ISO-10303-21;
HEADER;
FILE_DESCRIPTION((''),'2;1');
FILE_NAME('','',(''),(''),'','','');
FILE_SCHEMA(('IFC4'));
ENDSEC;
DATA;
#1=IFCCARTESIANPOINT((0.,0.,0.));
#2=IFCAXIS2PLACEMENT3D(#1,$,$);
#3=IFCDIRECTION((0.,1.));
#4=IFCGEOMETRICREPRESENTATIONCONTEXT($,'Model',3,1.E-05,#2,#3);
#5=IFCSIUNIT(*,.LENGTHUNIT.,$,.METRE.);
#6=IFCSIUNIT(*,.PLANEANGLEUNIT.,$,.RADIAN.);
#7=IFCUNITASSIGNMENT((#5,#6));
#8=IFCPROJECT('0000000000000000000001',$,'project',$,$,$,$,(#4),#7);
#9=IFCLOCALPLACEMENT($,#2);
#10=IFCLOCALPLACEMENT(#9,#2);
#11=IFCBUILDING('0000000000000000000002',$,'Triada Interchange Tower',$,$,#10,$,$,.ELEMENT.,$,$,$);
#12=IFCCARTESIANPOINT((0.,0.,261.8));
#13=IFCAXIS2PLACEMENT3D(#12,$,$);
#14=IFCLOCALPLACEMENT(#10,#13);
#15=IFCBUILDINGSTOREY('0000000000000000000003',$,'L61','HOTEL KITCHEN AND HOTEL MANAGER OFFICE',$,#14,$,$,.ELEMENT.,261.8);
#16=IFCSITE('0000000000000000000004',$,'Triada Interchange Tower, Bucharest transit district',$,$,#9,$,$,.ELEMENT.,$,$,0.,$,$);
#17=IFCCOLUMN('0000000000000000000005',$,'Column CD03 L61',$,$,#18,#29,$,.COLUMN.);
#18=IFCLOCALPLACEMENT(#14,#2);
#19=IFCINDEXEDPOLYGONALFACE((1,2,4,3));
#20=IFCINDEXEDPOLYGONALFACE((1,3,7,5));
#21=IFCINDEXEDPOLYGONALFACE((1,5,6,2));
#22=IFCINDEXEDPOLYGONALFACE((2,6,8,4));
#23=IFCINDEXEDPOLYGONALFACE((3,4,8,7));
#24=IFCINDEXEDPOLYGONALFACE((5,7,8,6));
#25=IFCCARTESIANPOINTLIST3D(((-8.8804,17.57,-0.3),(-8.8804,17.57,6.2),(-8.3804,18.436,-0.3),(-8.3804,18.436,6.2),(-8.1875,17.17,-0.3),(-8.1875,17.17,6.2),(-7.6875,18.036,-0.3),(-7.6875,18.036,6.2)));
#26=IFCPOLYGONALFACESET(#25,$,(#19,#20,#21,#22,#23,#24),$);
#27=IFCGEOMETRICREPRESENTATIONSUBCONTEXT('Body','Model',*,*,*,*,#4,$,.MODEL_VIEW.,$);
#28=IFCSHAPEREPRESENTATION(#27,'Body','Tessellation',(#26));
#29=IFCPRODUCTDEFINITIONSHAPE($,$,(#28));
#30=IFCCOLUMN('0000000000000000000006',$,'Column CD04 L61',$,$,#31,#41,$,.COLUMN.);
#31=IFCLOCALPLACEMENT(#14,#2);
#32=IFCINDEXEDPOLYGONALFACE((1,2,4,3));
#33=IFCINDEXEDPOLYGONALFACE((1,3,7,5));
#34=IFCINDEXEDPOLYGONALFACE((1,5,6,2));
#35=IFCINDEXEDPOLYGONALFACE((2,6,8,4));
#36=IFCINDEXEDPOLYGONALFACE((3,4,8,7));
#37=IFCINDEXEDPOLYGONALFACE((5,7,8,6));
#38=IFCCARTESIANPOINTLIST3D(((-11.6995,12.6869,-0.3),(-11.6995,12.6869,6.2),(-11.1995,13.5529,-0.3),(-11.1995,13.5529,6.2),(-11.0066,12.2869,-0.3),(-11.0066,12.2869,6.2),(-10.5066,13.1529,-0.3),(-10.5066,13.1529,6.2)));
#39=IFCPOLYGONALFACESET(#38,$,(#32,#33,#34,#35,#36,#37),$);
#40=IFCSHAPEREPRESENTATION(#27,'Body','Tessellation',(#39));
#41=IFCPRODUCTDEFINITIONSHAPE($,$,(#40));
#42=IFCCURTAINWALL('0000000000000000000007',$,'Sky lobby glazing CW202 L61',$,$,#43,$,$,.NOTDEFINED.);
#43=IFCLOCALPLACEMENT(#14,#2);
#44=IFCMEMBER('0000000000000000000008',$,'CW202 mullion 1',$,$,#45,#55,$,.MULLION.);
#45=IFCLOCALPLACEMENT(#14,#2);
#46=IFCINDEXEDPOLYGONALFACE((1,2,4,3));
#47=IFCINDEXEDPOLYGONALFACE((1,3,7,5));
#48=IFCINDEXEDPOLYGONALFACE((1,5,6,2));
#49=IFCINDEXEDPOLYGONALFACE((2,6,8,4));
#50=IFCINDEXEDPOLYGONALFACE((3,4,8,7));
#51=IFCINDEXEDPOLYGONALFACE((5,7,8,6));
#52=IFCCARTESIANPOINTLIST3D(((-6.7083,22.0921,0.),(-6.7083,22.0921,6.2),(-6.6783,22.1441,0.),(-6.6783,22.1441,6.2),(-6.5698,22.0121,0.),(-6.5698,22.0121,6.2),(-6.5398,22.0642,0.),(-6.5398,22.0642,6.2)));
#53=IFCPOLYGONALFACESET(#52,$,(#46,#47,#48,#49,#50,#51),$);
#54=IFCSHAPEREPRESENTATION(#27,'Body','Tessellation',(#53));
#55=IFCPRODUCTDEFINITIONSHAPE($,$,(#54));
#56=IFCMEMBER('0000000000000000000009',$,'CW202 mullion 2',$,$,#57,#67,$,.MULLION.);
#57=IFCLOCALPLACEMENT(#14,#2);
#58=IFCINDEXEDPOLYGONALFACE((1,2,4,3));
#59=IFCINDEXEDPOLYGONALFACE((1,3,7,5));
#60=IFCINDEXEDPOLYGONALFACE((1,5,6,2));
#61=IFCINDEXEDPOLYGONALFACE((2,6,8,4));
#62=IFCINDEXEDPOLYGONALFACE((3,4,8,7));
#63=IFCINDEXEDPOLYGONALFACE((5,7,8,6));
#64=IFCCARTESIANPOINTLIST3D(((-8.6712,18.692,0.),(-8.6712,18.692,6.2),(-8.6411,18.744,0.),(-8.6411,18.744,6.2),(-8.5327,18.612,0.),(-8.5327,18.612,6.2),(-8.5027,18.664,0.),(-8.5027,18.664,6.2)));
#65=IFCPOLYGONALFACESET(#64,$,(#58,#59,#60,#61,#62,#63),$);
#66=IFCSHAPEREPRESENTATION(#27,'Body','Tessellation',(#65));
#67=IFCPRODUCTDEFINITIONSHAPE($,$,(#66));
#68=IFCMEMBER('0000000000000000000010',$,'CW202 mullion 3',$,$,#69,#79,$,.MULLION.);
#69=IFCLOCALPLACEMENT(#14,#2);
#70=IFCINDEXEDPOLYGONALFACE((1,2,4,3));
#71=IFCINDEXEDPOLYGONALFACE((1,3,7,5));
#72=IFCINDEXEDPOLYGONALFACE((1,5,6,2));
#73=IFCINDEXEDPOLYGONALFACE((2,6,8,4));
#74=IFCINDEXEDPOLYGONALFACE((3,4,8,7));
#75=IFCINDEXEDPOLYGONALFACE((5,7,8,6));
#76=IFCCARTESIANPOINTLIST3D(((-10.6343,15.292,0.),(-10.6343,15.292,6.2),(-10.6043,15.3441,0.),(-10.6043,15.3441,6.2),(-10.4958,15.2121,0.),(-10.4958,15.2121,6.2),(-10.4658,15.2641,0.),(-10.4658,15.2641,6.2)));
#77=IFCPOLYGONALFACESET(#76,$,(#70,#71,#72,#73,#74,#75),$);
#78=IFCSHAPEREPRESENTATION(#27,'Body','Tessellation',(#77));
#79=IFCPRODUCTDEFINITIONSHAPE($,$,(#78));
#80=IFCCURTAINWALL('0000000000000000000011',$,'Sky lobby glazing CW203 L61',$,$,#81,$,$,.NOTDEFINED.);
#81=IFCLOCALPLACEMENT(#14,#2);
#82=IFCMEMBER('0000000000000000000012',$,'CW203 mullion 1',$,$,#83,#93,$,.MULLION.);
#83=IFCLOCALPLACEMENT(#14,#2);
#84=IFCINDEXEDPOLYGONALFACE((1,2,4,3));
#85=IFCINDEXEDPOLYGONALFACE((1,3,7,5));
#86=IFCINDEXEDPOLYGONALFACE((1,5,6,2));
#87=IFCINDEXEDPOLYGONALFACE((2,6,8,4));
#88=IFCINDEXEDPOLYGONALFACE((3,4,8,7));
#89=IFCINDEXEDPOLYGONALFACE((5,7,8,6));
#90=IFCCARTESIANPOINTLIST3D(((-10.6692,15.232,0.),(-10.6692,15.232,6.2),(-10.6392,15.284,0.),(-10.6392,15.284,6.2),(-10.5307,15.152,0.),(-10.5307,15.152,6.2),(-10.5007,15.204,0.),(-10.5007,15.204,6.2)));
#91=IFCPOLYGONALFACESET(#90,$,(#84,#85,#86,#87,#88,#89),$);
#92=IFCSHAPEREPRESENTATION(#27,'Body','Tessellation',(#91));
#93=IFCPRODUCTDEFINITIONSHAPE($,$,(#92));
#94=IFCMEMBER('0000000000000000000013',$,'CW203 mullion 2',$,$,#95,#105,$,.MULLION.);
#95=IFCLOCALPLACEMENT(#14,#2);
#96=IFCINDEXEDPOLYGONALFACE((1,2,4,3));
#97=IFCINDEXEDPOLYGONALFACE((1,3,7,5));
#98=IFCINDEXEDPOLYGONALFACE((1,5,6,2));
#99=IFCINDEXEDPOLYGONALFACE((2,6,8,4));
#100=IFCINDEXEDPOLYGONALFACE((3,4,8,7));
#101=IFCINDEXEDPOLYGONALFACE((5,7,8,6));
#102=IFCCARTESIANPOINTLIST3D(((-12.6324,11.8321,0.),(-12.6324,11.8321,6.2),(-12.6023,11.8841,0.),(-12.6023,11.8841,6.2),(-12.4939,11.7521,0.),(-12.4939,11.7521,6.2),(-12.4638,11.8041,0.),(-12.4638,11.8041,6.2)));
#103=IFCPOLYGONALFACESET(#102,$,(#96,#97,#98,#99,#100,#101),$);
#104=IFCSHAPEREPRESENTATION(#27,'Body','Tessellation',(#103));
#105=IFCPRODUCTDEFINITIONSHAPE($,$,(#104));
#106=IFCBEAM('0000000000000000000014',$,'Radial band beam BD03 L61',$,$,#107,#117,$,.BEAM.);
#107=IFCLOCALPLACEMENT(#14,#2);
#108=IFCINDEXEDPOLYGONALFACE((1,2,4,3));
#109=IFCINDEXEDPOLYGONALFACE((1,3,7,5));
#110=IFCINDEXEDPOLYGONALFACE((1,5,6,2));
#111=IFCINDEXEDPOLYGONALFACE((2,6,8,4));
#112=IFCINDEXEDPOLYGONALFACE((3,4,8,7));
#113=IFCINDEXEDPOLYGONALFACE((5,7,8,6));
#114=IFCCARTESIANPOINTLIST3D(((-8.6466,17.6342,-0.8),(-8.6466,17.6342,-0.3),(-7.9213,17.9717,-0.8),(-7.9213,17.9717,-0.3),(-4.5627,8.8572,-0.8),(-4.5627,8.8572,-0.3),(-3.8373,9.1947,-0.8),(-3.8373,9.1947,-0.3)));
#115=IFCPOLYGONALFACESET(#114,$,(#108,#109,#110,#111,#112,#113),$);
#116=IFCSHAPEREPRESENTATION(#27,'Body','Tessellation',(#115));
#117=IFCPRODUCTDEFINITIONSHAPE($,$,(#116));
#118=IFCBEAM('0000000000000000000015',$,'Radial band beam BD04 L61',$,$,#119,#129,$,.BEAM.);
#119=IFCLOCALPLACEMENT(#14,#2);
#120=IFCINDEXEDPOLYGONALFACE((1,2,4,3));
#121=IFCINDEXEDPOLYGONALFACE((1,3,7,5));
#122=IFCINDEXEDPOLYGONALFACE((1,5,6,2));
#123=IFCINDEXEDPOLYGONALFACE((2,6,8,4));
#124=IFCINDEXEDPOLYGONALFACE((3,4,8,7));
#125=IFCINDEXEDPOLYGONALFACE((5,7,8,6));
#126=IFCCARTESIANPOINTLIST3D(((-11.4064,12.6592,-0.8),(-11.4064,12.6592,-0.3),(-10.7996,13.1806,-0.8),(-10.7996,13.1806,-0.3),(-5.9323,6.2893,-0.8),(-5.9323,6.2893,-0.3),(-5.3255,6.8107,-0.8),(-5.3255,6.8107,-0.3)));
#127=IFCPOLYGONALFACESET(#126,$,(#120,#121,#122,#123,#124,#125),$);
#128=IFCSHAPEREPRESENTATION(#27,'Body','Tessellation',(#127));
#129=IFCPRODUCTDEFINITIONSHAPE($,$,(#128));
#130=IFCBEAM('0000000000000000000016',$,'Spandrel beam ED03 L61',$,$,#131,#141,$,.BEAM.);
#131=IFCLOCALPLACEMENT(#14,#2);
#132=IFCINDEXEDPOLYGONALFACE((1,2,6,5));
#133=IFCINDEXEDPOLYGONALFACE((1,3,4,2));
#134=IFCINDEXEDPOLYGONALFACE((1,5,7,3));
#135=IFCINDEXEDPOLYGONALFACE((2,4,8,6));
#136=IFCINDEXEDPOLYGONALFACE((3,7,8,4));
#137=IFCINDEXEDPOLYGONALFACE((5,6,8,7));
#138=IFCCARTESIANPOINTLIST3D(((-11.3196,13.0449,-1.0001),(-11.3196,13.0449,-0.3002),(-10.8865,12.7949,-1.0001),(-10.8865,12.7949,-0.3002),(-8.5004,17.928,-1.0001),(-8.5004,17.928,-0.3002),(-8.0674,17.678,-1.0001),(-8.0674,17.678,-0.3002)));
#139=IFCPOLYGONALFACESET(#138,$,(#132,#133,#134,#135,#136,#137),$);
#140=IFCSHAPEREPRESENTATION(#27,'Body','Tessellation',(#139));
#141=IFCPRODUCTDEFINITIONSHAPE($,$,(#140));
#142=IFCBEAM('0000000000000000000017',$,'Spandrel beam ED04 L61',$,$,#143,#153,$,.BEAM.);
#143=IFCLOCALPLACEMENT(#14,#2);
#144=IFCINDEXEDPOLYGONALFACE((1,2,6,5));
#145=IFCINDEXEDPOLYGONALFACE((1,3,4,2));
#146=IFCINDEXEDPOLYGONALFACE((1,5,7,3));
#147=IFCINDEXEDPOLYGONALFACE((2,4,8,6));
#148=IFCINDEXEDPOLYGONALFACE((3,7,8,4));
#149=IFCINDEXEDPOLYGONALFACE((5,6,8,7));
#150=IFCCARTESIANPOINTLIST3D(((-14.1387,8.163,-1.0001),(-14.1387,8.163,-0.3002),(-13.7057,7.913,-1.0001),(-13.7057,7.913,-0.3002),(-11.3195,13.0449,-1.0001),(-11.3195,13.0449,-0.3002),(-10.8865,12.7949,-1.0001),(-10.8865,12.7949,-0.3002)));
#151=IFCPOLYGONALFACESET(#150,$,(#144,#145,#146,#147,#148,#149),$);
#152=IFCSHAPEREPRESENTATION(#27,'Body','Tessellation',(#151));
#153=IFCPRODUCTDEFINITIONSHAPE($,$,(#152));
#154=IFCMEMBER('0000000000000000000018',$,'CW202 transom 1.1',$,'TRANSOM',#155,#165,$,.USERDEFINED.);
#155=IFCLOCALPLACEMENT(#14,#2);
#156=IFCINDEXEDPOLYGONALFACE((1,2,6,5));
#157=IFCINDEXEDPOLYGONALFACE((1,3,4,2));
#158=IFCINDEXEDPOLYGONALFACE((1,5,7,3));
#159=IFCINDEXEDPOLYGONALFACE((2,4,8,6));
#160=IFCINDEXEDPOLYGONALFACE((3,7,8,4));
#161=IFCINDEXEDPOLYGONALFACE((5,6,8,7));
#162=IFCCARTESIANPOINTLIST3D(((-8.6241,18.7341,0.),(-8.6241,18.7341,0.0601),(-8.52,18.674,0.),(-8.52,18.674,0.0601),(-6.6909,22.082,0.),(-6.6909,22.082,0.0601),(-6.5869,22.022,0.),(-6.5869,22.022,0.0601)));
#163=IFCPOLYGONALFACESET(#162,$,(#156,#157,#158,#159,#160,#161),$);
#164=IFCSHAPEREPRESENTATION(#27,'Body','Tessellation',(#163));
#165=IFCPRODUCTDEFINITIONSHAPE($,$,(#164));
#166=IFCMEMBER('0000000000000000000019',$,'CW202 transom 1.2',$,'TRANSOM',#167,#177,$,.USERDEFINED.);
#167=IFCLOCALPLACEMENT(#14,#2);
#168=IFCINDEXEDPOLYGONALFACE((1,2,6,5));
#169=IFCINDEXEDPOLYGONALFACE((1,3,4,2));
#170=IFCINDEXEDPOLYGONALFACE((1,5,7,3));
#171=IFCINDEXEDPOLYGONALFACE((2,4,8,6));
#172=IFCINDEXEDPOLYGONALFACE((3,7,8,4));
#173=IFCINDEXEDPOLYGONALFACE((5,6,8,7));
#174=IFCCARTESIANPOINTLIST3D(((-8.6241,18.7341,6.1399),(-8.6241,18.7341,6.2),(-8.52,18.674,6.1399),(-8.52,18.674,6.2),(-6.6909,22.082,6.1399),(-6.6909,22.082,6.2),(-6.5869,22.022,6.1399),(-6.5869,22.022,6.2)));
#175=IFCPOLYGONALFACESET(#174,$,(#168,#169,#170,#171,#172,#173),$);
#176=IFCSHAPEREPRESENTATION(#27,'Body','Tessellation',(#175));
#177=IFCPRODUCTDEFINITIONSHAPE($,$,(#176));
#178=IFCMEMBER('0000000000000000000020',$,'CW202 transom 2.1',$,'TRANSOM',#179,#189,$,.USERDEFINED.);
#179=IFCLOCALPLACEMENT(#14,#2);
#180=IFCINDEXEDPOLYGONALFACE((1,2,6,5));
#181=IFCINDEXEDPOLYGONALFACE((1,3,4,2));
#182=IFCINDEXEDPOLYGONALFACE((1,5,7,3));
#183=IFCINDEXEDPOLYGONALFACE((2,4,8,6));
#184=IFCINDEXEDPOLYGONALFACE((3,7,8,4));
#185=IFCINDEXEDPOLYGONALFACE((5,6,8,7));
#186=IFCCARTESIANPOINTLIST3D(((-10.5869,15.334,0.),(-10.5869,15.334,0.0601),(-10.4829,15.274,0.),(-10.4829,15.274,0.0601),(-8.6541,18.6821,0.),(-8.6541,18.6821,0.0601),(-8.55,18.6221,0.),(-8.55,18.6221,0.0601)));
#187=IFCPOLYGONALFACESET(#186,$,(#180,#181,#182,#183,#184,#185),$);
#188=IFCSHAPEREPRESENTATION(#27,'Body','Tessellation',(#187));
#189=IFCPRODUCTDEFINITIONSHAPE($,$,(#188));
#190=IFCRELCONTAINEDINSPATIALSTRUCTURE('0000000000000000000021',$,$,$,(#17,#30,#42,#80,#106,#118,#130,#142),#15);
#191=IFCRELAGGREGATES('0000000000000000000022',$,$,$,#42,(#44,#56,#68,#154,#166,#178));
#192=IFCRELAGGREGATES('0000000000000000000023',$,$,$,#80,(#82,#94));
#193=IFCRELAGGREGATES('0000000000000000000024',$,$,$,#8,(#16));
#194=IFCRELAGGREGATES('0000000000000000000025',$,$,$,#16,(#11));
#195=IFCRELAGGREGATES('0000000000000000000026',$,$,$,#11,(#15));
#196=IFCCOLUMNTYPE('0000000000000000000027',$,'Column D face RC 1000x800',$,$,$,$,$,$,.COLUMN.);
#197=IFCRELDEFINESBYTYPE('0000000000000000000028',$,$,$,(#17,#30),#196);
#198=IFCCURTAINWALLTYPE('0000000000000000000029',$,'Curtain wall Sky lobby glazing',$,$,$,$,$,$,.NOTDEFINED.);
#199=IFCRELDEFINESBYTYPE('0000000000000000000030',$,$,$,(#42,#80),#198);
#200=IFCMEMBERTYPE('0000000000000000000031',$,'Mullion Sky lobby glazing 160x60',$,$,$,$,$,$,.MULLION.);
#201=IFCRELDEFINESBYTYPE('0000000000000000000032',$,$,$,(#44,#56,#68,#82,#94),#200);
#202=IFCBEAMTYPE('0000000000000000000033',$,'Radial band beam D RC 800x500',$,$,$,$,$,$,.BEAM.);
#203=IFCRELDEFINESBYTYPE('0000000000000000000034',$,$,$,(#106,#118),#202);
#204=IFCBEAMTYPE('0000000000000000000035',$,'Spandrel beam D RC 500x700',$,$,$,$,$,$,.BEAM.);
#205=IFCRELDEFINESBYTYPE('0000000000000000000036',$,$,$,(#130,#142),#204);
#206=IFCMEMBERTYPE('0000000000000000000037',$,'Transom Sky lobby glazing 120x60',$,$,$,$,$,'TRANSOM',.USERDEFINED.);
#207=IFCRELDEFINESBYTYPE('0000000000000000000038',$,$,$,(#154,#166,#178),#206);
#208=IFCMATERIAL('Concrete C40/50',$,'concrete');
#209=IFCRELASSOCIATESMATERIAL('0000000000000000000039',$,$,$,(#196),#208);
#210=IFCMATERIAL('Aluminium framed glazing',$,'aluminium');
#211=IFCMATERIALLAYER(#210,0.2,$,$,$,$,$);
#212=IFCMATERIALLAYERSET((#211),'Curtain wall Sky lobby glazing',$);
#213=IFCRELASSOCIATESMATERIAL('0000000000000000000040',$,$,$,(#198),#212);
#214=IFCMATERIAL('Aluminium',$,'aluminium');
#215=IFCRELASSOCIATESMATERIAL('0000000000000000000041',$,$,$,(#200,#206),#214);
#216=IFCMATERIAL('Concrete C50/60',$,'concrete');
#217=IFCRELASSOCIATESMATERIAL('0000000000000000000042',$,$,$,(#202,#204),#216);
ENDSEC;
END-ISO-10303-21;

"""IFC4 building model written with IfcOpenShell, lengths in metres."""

from ifc_helpers import new_model, si_unit, direction, frame, origin, origin_2d, place, context, subcontext, project, spatial, rectangle, extrude, material, layer, layer_set, material_profile, profile_set, type_object, element, aggregate, save


model = new_model("IFC4")

# Units and contexts
model_context = context("Model", 3, precision=1e-05, world=origin(), true_north=direction((0.0, 1.0)))
body_context = subcontext(model_context, "Body", "Model", "MODEL_VIEW")
ifc_project = project(units=[si_unit("LENGTHUNIT", "METRE"), si_unit("PLANEANGLEUNIT", "RADIAN")], contexts=[model_context])

# Site, building, storey
site_placement = place(None, origin())
site = spatial("IfcSite", under=ifc_project, at=site_placement, Name="Triada Interchange Tower, Bucharest transit district", CompositionType="ELEMENT", RefElevation=0.0)
building_placement = place(site_placement, origin())
building = spatial("IfcBuilding", under=site, at=building_placement, Name="Triada Interchange Tower", CompositionType="ELEMENT")
storey_placement = place(building_placement, frame((0.0, 0.0, 261.8)))
storey = spatial("IfcBuildingStorey", under=building, at=storey_placement, Name="L61", Description="HOTEL KITCHEN AND HOTEL MANAGER OFFICE", CompositionType="ELEMENT", Elevation=261.8)

# Columns
ifc_material_1 = material(Name="Concrete C40/50", Category="concrete")
ifc_material_profile_1 = material_profile(ifc_material_1, rectangle(XDim=1.0, YDim=0.8, at=origin_2d()), Name="RC 1000x800")
ifc_profile_set_1 = profile_set([ifc_material_profile_1], Name="Concrete C40/50")
column_type = type_object("IfcColumnType", Name="Column D face RC 1000x800", PredefinedType="COLUMN", material=ifc_profile_set_1)
for number, where, z_axis, x_axis, name in (
    (1, (-8.2839, 17.803, -0.3), (0.0, 0.0, 1.0), (0.5, 0.866025, 0.0), "Column CD03 L61"),
    (2, (-11.103, 12.9199, -0.3), (0.0, 0.0, 1.0), (0.5, 0.866025, 0.0), "Column CD04 L61"),
):
    element("IfcColumn", number, at=place(storey_placement, frame(where, z_axis=z_axis, x_axis=x_axis)), inside=storey, type_object=column_type, Name=name, PredefinedType="COLUMN", context=body_context, shape_type="SweptSolid", body=[
        extrude(rectangle(XDim=1.0, YDim=0.8, at=origin_2d()), origin(), (0.0, 0.0, 1.0), 6.5),
    ])

# Curtain walls, members
ifc_material_2 = material(Name="Aluminium framed glazing", Category="aluminium")
ifc_layer_1 = layer(ifc_material_2, 0.2)
ifc_layer_set_1 = layer_set([ifc_layer_1], Name="Curtain wall Sky lobby glazing")
curtain_wall_type = type_object("IfcCurtainWallType", Name="Curtain wall Sky lobby glazing", PredefinedType="NOTDEFINED", material=ifc_layer_set_1)
curtain_wall_1_placement = place(storey_placement, origin())
curtain_wall_1 = element("IfcCurtainWall", 3, at=curtain_wall_1_placement, inside=storey, type_object=curtain_wall_type, Name="Sky lobby glazing CW202 L61", PredefinedType="NOTDEFINED")
ifc_material_3 = material(Name="Aluminium", Category="aluminium")
ifc_material_profile_2 = material_profile(ifc_material_3, rectangle(XDim=0.1599, YDim=0.0601, at=origin_2d()), Name="Aluminium mullion")
ifc_profile_set_2 = profile_set([ifc_material_profile_2], Name="Aluminium")
member_type_1 = type_object("IfcMemberType", Name="Mullion Sky lobby glazing 160x60", PredefinedType="MULLION", material=ifc_profile_set_2)
member_1_placement = place(storey_placement, frame((-6.624, 22.0781, 0.0), z_axis=(0.0, 0.0, 1.0), x_axis=(0.866026, -0.5, 0.0)))
member_1 = element("IfcMember", 4, at=member_1_placement, type_object=member_type_1, Name="CW202 mullion 1", PredefinedType="MULLION", context=body_context, shape_type="SweptSolid", body=[
    extrude(rectangle(XDim=0.1599, YDim=0.0601, at=origin_2d()), origin(), (0.0, 0.0, 1.0), 6.2),
])
member_2_placement = place(storey_placement, frame((-8.5869, 18.678, 0.0), z_axis=(0.0, 0.0, 1.0), x_axis=(0.866026, -0.5, 0.0)))
member_2 = element("IfcMember", 5, at=member_2_placement, type_object=member_type_1, Name="CW202 mullion 2", PredefinedType="MULLION", context=body_context, shape_type="SweptSolid", body=[
    extrude(rectangle(XDim=0.1599, YDim=0.0601, at=origin_2d()), origin(), (0.0, 0.0, 1.0), 6.2),
])
member_3_placement = place(storey_placement, frame((-10.55, 15.2781, 0.0), z_axis=(0.0, 0.0, 1.0), x_axis=(0.866026, -0.5, 0.0)))
member_3 = element("IfcMember", 6, at=member_3_placement, type_object=member_type_1, Name="CW202 mullion 3", PredefinedType="MULLION", context=body_context, shape_type="SweptSolid", body=[
    extrude(rectangle(XDim=0.1599, YDim=0.0601, at=origin_2d()), origin(), (0.0, 0.0, 1.0), 6.2),
])
curtain_wall_2_placement = place(storey_placement, origin())
curtain_wall_2 = element("IfcCurtainWall", 7, at=curtain_wall_2_placement, inside=storey, type_object=curtain_wall_type, Name="Sky lobby glazing CW203 L61", PredefinedType="NOTDEFINED")
member_4_placement = place(storey_placement, frame((-10.585, 15.218, 0.0), z_axis=(0.0, 0.0, 1.0), x_axis=(0.866026, -0.5, 0.0)))
member_4 = element("IfcMember", 8, at=member_4_placement, type_object=member_type_1, Name="CW203 mullion 1", PredefinedType="MULLION", context=body_context, shape_type="SweptSolid", body=[
    extrude(rectangle(XDim=0.1599, YDim=0.0601, at=origin_2d()), origin(), (0.0, 0.0, 1.0), 6.2),
])
member_5_placement = place(storey_placement, frame((-12.5481, 11.8181, 0.0), z_axis=(0.0, 0.0, 1.0), x_axis=(0.866026, -0.5, 0.0)))
member_5 = element("IfcMember", 9, at=member_5_placement, type_object=member_type_1, Name="CW203 mullion 2", PredefinedType="MULLION", context=body_context, shape_type="SweptSolid", body=[
    extrude(rectangle(XDim=0.1599, YDim=0.0601, at=origin_2d()), origin(), (0.0, 0.0, 1.0), 6.2),
])

# Beams
ifc_material_4 = material(Name="Concrete C50/60", Category="concrete")
ifc_material_profile_3 = material_profile(ifc_material_4, rectangle(XDim=0.8, YDim=0.5, at=origin_2d()), Name="RC 800x500")
ifc_profile_set_3 = profile_set([ifc_material_profile_3], Name="Concrete C50/60")
beam_type_1 = type_object("IfcBeamType", Name="Radial band beam D RC 800x500", PredefinedType="BEAM", material=ifc_profile_set_3)
beam_1_placement = place(storey_placement, frame((-8.2839, 17.803, -0.55), z_axis=(0.421868, -0.906657, 0.0), x_axis=(0.906657, 0.421868, 0.0)))
element("IfcBeam", 10, at=beam_1_placement, inside=storey, type_object=beam_type_1, Name="Radial band beam BD03 L61", PredefinedType="BEAM", context=body_context, shape_type="SweptSolid", body=[
    extrude(rectangle(XDim=0.8, YDim=0.5, at=origin_2d()), origin(), (0.0, 0.0, 1.0), 9.6807),
])
beam_2_placement = place(storey_placement, frame((-11.103, 12.9199, -0.55), z_axis=(0.651768, -0.758419, 0.0), x_axis=(0.758419, 0.651768, 0.0)))
element("IfcBeam", 11, at=beam_2_placement, inside=storey, type_object=beam_type_1, Name="Radial band beam BD04 L61", PredefinedType="BEAM", context=body_context, shape_type="SweptSolid", body=[
    extrude(rectangle(XDim=0.8, YDim=0.5, at=origin_2d()), origin(), (0.0, 0.0, 1.0), 8.3989),
])
ifc_material_profile_4 = material_profile(ifc_material_4, rectangle(XDim=0.5, YDim=0.7, at=origin_2d()), Name="RC 500x700")
ifc_profile_set_4 = profile_set([ifc_material_profile_4], Name="Concrete C50/60")
beam_type_2 = type_object("IfcBeamType", Name="Spandrel beam D RC 500x700", PredefinedType="BEAM", material=ifc_profile_set_4)
beam_3_placement = place(storey_placement, frame((-8.2839, 17.803, -0.6501), z_axis=(-0.499981, -0.866036, 0.0), x_axis=(0.866036, -0.499981, 0.0)))
element("IfcBeam", 12, at=beam_3_placement, inside=storey, type_object=beam_type_2, Name="Spandrel beam ED03 L61", PredefinedType="BEAM", context=body_context, shape_type="SweptSolid", body=[
    extrude(rectangle(XDim=0.5, YDim=0.7, at=origin_2d()), origin(), (0.0, 0.0, 1.0), 5.6384),
])
beam_4_placement = place(storey_placement, frame((-11.103, 12.9199, -0.6501), z_axis=(-0.500075, -0.865982, 0.0), x_axis=(0.865982, -0.500075, 0.0)))
element("IfcBeam", 13, at=beam_4_placement, inside=storey, type_object=beam_type_2, Name="Spandrel beam ED04 L61", PredefinedType="BEAM", context=body_context, shape_type="SweptSolid", body=[
    extrude(rectangle(XDim=0.5, YDim=0.7, at=origin_2d()), origin(), (0.0, 0.0, 1.0), 5.6375),
])

# Members
ifc_material_profile_5 = material_profile(ifc_material_3, rectangle(XDim=0.1201, YDim=0.0601, at=origin_2d()), Name="Aluminium transom")
ifc_profile_set_5 = profile_set([ifc_material_profile_5], Name="Aluminium")
member_type_2 = type_object("IfcMemberType", Name="Transom Sky lobby glazing 120x60", ElementType="TRANSOM", PredefinedType="USERDEFINED", material=ifc_profile_set_5)
member_6_placement = place(storey_placement, frame((-6.6389, 22.052, 0.03), z_axis=(-0.500038, -0.866004, 0.0), x_axis=(0.866004, -0.500038, 0.0)))
member_6 = element("IfcMember", 14, at=member_6_placement, type_object=member_type_2, Name="CW202 transom 1.1", ObjectType="TRANSOM", PredefinedType="USERDEFINED", context=body_context, shape_type="SweptSolid", body=[
    extrude(rectangle(XDim=0.1201, YDim=0.0601, at=origin_2d()), origin(), (0.0, 0.0, 1.0), 3.866),
])
member_7_placement = place(storey_placement, frame((-6.6389, 22.052, 6.1699), z_axis=(-0.500038, -0.866004, 0.0), x_axis=(0.866004, -0.500038, 0.0)))
member_7 = element("IfcMember", 15, at=member_7_placement, type_object=member_type_2, Name="CW202 transom 1.2", ObjectType="TRANSOM", PredefinedType="USERDEFINED", context=body_context, shape_type="SweptSolid", body=[
    extrude(rectangle(XDim=0.1201, YDim=0.0601, at=origin_2d()), origin(), (0.0, 0.0, 1.0), 3.866),
])
member_8_placement = place(storey_placement, frame((-8.6021, 18.6521, 0.03), z_axis=(-0.499963, -0.866047, 0.0), x_axis=(0.866047, -0.499963, 0.0)))
member_8 = element("IfcMember", 16, at=member_8_placement, type_object=member_type_2, Name="CW202 transom 2.1", ObjectType="TRANSOM", PredefinedType="USERDEFINED", context=body_context, shape_type="SweptSolid", body=[
    extrude(rectangle(XDim=0.1201, YDim=0.0601, at=origin_2d()), origin(), (0.0, 0.0, 1.0), 3.866),
])

aggregate(curtain_wall_1, [member_1, member_2, member_3, member_6, member_7, member_8])
aggregate(curtain_wall_2, [member_4, member_5])

save(model, "model.ifc")
